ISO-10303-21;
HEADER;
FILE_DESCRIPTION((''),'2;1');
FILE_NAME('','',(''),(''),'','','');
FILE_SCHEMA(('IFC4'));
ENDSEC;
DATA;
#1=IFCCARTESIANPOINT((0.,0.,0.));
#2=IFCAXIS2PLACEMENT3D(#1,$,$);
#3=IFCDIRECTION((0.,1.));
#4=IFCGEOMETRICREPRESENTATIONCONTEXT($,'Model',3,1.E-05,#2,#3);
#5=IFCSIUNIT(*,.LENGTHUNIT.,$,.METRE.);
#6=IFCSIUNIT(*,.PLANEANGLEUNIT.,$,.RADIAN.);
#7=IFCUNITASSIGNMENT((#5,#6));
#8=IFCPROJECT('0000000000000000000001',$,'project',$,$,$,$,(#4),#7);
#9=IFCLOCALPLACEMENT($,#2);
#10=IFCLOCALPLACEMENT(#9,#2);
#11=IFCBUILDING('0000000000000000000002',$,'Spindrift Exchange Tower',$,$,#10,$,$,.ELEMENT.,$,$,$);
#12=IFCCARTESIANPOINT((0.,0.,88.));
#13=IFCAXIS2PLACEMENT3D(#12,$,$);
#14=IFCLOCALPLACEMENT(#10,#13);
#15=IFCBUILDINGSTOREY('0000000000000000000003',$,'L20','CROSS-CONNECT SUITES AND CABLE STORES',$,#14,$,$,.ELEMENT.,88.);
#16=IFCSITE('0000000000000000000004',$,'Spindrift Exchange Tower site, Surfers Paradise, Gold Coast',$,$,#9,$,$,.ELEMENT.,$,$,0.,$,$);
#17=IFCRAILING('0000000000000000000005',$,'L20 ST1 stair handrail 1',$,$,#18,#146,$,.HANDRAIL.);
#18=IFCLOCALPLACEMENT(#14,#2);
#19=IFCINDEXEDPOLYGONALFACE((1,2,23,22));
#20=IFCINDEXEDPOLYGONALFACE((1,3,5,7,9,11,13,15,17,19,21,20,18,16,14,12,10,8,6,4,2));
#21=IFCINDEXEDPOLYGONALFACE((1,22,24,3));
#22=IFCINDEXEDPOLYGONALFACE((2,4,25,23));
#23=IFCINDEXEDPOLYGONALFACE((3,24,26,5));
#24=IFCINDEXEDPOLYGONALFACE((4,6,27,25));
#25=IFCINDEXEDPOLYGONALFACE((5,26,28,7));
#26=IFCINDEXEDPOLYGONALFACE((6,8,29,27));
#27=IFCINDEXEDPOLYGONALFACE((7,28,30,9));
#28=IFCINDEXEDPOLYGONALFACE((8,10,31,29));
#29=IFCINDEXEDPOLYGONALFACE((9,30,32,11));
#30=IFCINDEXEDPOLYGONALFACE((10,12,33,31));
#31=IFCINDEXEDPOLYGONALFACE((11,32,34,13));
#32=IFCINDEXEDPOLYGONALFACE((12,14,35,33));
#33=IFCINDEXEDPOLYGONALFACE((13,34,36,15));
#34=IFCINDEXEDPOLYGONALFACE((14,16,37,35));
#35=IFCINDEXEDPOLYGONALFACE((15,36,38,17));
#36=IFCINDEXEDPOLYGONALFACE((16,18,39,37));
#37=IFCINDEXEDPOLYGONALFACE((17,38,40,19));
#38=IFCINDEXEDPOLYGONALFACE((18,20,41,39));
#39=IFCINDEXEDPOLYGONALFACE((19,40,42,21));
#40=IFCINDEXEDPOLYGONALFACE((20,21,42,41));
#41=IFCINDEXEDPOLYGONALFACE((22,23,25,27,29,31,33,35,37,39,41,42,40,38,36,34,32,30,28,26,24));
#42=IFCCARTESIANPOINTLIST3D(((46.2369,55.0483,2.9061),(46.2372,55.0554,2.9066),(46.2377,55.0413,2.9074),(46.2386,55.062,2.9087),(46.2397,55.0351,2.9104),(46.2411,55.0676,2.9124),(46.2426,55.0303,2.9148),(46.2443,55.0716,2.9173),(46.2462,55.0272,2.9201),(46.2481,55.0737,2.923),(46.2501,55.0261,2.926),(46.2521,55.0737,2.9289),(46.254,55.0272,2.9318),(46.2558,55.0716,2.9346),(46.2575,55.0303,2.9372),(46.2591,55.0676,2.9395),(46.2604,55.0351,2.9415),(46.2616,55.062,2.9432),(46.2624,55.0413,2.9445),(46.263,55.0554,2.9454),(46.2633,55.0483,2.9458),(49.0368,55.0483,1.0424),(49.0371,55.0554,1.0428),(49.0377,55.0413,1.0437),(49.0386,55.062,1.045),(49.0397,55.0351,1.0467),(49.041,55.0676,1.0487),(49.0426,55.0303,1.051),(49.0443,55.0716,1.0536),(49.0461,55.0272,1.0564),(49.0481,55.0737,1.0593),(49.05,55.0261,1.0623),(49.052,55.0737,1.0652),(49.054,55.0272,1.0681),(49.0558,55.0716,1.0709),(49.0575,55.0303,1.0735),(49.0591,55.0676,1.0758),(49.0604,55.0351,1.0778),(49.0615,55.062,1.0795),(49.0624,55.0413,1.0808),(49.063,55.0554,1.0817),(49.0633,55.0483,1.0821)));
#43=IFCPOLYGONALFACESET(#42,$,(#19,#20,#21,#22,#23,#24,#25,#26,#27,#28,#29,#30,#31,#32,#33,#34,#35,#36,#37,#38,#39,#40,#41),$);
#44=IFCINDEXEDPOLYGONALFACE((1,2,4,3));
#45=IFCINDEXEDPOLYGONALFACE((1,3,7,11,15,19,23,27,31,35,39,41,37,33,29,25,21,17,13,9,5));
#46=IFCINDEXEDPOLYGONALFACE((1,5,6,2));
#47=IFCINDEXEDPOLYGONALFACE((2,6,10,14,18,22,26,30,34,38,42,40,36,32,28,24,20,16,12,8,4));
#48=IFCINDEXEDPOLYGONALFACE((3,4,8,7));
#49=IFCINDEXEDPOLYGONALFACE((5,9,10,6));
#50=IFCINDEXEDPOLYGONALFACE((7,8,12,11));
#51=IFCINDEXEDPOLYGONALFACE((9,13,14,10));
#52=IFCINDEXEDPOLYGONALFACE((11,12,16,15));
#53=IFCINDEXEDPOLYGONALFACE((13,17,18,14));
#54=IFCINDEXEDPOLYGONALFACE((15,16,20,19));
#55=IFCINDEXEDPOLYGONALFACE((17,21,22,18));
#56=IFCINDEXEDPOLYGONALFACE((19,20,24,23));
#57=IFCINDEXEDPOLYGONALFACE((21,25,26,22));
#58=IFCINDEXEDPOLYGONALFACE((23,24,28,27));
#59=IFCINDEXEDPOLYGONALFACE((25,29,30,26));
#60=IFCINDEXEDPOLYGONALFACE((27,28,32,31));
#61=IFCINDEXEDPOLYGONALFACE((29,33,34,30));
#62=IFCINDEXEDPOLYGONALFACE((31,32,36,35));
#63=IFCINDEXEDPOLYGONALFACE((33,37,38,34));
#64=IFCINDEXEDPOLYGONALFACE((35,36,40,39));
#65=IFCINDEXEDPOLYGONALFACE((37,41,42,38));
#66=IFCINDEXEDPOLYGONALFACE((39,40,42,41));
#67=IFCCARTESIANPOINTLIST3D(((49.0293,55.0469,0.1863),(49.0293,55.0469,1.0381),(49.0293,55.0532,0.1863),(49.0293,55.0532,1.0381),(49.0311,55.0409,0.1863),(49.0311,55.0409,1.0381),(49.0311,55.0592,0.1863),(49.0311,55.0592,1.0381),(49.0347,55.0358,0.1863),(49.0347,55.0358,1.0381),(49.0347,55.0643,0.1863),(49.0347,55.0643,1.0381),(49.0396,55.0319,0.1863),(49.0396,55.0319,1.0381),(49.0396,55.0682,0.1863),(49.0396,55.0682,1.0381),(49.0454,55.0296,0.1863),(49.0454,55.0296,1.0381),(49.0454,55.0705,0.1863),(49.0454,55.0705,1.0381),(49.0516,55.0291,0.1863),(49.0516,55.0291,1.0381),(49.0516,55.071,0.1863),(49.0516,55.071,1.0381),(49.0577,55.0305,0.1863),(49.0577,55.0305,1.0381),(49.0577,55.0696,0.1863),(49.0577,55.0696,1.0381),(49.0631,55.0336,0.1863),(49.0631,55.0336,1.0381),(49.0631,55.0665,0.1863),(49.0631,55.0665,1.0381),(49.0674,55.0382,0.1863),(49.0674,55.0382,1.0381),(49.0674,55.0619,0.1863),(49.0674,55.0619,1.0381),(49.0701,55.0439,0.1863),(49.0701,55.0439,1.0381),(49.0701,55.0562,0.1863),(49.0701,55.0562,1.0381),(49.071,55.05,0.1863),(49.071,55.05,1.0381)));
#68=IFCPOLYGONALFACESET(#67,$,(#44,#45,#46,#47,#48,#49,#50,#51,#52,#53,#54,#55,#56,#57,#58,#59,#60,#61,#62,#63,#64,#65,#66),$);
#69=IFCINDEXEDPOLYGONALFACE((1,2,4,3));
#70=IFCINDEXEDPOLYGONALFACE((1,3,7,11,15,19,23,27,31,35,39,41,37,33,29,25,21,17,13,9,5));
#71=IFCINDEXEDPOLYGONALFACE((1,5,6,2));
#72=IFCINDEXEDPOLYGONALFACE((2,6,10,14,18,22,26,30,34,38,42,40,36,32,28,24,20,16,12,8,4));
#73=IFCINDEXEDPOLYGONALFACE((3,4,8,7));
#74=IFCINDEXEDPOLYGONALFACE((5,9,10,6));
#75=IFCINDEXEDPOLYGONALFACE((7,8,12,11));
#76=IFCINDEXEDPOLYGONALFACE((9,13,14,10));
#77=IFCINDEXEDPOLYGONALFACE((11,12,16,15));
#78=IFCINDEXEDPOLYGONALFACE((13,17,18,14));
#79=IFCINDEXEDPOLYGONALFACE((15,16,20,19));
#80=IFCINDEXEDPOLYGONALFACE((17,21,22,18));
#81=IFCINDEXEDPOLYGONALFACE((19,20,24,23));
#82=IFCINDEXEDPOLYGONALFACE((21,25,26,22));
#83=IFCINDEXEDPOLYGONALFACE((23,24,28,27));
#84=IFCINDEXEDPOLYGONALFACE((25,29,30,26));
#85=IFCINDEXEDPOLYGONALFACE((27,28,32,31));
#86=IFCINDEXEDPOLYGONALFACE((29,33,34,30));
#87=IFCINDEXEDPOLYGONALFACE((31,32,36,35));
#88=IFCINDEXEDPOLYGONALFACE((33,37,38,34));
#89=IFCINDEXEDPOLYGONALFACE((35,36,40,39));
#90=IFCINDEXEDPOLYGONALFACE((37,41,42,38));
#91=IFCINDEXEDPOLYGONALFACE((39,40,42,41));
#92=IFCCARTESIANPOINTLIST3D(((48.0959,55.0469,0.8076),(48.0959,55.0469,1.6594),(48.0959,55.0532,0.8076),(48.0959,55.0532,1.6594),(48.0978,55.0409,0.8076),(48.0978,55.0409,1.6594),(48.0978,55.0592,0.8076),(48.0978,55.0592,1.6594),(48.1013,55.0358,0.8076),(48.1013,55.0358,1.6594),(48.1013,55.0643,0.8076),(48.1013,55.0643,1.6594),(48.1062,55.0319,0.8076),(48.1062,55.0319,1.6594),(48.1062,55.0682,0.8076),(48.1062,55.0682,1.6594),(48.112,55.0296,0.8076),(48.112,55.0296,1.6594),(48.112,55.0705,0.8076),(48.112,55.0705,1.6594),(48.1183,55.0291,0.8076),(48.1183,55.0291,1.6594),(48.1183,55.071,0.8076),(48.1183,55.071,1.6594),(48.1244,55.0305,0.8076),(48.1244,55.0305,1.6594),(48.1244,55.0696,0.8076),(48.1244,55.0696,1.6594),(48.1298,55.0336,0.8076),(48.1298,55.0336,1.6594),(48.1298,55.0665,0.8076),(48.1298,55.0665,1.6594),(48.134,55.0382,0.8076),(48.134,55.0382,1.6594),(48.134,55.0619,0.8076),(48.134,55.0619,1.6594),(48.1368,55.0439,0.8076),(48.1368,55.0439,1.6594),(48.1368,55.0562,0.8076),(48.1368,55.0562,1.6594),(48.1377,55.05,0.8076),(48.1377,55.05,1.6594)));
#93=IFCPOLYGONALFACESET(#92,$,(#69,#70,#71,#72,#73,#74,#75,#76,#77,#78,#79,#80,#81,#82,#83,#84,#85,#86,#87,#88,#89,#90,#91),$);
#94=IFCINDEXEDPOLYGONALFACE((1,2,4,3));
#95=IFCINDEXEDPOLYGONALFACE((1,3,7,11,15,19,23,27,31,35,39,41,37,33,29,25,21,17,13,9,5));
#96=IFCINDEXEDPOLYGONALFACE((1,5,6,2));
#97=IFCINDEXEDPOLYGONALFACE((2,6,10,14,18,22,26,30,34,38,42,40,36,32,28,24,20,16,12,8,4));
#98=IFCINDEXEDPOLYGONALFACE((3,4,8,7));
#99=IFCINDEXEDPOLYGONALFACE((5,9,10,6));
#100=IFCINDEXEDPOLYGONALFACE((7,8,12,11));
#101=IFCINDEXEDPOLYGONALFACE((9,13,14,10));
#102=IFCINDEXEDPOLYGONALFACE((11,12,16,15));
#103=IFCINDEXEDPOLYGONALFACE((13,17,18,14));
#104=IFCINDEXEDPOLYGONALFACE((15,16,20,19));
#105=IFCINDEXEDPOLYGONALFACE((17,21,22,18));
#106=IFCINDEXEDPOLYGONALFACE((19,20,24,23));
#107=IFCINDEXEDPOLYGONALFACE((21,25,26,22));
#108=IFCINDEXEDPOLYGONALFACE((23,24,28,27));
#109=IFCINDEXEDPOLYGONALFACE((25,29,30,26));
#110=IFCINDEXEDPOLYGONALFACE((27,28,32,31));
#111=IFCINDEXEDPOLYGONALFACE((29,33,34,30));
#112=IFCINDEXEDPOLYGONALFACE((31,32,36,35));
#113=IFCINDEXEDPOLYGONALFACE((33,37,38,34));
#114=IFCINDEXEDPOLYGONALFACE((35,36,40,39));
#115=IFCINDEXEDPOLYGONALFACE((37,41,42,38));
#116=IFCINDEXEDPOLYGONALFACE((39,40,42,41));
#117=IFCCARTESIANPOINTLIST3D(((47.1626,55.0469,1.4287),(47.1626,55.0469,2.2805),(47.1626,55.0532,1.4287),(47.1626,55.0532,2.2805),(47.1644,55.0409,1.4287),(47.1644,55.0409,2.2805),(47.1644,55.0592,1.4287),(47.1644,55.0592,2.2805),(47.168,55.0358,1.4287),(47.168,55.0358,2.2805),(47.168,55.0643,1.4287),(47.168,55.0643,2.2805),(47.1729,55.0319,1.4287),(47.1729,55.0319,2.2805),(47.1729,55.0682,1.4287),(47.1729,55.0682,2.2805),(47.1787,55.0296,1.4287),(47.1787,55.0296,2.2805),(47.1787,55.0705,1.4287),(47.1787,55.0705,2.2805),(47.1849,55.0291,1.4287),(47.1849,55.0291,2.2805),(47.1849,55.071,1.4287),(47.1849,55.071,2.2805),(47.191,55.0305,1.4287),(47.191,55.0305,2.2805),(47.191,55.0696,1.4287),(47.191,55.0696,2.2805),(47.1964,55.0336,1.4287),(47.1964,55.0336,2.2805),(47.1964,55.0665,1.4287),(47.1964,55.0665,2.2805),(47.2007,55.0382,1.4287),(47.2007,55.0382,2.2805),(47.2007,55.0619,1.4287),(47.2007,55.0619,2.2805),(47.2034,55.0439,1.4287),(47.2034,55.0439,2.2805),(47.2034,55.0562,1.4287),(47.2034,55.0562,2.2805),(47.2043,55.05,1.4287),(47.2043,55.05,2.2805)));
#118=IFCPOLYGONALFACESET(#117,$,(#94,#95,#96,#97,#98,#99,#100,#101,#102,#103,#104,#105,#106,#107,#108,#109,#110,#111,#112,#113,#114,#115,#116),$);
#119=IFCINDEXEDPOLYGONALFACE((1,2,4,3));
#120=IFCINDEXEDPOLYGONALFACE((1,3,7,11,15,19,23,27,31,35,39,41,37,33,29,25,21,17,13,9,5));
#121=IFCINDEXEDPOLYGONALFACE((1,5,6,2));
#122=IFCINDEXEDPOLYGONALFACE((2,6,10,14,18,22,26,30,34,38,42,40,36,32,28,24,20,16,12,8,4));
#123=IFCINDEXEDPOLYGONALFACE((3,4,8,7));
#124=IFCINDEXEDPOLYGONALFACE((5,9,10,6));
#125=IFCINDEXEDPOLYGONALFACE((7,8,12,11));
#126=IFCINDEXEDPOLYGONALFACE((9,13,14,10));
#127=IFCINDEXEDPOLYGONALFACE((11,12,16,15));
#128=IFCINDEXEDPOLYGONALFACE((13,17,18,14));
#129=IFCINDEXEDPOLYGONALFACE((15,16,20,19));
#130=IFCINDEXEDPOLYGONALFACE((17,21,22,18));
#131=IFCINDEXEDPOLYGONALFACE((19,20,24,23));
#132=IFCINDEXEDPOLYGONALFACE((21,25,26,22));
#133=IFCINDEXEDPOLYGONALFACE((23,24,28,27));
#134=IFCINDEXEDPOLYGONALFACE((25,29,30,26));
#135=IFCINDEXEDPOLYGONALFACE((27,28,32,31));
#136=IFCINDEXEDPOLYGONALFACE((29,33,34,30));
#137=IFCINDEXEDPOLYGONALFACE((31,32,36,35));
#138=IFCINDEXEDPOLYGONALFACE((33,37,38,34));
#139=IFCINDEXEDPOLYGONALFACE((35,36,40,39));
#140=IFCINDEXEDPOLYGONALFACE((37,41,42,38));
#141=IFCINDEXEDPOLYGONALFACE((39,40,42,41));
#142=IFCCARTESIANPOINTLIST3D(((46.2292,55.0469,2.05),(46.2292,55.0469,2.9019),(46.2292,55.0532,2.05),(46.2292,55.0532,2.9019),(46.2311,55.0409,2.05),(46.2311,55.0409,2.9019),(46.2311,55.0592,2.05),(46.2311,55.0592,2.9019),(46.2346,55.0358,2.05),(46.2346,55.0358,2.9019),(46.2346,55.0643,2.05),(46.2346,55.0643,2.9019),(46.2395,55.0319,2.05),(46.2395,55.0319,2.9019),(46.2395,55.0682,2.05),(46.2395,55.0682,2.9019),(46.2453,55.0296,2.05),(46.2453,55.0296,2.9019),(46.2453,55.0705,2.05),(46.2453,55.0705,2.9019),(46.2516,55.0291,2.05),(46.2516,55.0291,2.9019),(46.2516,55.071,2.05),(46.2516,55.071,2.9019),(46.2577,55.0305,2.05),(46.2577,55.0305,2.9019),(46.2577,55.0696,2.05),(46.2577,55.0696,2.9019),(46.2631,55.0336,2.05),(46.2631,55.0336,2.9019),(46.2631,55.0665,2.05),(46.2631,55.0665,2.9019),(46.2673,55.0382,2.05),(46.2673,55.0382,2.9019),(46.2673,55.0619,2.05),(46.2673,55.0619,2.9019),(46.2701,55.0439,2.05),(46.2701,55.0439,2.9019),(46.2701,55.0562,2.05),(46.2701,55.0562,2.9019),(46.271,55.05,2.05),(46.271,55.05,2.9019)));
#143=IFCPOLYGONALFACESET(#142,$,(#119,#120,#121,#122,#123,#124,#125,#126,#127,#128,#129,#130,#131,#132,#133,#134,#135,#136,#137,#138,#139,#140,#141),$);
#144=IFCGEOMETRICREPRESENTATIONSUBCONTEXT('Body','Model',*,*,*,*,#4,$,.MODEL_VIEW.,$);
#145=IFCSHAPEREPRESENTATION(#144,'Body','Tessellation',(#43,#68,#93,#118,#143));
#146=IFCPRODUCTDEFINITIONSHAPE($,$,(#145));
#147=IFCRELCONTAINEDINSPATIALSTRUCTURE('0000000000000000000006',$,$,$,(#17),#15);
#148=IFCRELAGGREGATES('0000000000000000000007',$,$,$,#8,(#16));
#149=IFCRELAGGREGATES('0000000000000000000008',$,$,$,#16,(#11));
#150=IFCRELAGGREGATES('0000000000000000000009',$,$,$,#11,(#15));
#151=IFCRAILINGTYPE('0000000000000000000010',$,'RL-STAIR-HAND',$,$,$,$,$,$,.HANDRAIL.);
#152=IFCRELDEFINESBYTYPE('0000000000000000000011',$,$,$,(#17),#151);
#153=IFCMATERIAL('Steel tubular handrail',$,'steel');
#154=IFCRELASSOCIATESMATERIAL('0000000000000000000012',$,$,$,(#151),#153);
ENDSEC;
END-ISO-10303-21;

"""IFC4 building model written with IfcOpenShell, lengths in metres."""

from ifc_helpers import new_model, si_unit, direction, frame, origin, origin_2d, place, context, subcontext, project, spatial, circle, extrude, material, type_object, element, save


model = new_model("IFC4")

# Units and contexts
model_context = context("Model", 3, precision=1e-05, world=origin(), true_north=direction((0.0, 1.0)))
body_context = subcontext(model_context, "Body", "Model", "MODEL_VIEW")
ifc_project = project(units=[si_unit("LENGTHUNIT", "METRE"), si_unit("PLANEANGLEUNIT", "RADIAN")], contexts=[model_context])

# Site, building, storey
site_placement = place(None, origin())
site = spatial("IfcSite", under=ifc_project, at=site_placement, Name="Spindrift Exchange Tower site, Surfers Paradise, Gold Coast", CompositionType="ELEMENT", RefElevation=0.0)
building_placement = place(site_placement, origin())
building = spatial("IfcBuilding", under=site, at=building_placement, Name="Spindrift Exchange Tower", CompositionType="ELEMENT")
storey_placement = place(building_placement, frame((0.0, 0.0, 88.0)))
storey = spatial("IfcBuildingStorey", under=building, at=storey_placement, Name="L20", Description="CROSS-CONNECT SUITES AND CABLE STORES", CompositionType="ELEMENT", Elevation=88.0)

# Railing
ifc_material_1 = material(Name="Steel tubular handrail", Category="steel")
railing_type_1 = type_object("IfcRailingType", Name="RL-STAIR-HAND", PredefinedType="HANDRAIL", material=ifc_material_1)
railing_1_placement = place(storey_placement, frame((49.05, 55.05, 0.1863)))
element("IfcRailing", 1, at=railing_1_placement, inside=storey, type_object=railing_type_1, Name="L20 ST1 stair handrail 1", PredefinedType="HANDRAIL", context=body_context, shape_type="SweptSolid", body=[
    extrude(circle(Radius=0.0239, at=origin_2d()), frame((0.0, 0.0, 0.876), z_axis=(-0.832452, 0.0, 0.554097), x_axis=(0.0, -1.0, 0.0)), (0.0, 0.0, 1.0), 3.3635),
    extrude(circle(Radius=0.021, at=origin_2d()), origin(), (0.0, 0.0, 1.0), 0.8518),
    extrude(circle(Radius=0.021, at=origin_2d()), frame((-0.9333, 0.0, 0.6213)), (0.0, 0.0, 1.0), 0.8518),
    extrude(circle(Radius=0.021, at=origin_2d()), frame((-1.8667, 0.0, 1.2424)), (0.0, 0.0, 1.0), 0.8518),
    extrude(circle(Radius=0.021, at=origin_2d()), frame((-2.8, 0.0, 1.8638)), (0.0, 0.0, 1.0), 0.8518),
])

save(model, "model.ifc")
